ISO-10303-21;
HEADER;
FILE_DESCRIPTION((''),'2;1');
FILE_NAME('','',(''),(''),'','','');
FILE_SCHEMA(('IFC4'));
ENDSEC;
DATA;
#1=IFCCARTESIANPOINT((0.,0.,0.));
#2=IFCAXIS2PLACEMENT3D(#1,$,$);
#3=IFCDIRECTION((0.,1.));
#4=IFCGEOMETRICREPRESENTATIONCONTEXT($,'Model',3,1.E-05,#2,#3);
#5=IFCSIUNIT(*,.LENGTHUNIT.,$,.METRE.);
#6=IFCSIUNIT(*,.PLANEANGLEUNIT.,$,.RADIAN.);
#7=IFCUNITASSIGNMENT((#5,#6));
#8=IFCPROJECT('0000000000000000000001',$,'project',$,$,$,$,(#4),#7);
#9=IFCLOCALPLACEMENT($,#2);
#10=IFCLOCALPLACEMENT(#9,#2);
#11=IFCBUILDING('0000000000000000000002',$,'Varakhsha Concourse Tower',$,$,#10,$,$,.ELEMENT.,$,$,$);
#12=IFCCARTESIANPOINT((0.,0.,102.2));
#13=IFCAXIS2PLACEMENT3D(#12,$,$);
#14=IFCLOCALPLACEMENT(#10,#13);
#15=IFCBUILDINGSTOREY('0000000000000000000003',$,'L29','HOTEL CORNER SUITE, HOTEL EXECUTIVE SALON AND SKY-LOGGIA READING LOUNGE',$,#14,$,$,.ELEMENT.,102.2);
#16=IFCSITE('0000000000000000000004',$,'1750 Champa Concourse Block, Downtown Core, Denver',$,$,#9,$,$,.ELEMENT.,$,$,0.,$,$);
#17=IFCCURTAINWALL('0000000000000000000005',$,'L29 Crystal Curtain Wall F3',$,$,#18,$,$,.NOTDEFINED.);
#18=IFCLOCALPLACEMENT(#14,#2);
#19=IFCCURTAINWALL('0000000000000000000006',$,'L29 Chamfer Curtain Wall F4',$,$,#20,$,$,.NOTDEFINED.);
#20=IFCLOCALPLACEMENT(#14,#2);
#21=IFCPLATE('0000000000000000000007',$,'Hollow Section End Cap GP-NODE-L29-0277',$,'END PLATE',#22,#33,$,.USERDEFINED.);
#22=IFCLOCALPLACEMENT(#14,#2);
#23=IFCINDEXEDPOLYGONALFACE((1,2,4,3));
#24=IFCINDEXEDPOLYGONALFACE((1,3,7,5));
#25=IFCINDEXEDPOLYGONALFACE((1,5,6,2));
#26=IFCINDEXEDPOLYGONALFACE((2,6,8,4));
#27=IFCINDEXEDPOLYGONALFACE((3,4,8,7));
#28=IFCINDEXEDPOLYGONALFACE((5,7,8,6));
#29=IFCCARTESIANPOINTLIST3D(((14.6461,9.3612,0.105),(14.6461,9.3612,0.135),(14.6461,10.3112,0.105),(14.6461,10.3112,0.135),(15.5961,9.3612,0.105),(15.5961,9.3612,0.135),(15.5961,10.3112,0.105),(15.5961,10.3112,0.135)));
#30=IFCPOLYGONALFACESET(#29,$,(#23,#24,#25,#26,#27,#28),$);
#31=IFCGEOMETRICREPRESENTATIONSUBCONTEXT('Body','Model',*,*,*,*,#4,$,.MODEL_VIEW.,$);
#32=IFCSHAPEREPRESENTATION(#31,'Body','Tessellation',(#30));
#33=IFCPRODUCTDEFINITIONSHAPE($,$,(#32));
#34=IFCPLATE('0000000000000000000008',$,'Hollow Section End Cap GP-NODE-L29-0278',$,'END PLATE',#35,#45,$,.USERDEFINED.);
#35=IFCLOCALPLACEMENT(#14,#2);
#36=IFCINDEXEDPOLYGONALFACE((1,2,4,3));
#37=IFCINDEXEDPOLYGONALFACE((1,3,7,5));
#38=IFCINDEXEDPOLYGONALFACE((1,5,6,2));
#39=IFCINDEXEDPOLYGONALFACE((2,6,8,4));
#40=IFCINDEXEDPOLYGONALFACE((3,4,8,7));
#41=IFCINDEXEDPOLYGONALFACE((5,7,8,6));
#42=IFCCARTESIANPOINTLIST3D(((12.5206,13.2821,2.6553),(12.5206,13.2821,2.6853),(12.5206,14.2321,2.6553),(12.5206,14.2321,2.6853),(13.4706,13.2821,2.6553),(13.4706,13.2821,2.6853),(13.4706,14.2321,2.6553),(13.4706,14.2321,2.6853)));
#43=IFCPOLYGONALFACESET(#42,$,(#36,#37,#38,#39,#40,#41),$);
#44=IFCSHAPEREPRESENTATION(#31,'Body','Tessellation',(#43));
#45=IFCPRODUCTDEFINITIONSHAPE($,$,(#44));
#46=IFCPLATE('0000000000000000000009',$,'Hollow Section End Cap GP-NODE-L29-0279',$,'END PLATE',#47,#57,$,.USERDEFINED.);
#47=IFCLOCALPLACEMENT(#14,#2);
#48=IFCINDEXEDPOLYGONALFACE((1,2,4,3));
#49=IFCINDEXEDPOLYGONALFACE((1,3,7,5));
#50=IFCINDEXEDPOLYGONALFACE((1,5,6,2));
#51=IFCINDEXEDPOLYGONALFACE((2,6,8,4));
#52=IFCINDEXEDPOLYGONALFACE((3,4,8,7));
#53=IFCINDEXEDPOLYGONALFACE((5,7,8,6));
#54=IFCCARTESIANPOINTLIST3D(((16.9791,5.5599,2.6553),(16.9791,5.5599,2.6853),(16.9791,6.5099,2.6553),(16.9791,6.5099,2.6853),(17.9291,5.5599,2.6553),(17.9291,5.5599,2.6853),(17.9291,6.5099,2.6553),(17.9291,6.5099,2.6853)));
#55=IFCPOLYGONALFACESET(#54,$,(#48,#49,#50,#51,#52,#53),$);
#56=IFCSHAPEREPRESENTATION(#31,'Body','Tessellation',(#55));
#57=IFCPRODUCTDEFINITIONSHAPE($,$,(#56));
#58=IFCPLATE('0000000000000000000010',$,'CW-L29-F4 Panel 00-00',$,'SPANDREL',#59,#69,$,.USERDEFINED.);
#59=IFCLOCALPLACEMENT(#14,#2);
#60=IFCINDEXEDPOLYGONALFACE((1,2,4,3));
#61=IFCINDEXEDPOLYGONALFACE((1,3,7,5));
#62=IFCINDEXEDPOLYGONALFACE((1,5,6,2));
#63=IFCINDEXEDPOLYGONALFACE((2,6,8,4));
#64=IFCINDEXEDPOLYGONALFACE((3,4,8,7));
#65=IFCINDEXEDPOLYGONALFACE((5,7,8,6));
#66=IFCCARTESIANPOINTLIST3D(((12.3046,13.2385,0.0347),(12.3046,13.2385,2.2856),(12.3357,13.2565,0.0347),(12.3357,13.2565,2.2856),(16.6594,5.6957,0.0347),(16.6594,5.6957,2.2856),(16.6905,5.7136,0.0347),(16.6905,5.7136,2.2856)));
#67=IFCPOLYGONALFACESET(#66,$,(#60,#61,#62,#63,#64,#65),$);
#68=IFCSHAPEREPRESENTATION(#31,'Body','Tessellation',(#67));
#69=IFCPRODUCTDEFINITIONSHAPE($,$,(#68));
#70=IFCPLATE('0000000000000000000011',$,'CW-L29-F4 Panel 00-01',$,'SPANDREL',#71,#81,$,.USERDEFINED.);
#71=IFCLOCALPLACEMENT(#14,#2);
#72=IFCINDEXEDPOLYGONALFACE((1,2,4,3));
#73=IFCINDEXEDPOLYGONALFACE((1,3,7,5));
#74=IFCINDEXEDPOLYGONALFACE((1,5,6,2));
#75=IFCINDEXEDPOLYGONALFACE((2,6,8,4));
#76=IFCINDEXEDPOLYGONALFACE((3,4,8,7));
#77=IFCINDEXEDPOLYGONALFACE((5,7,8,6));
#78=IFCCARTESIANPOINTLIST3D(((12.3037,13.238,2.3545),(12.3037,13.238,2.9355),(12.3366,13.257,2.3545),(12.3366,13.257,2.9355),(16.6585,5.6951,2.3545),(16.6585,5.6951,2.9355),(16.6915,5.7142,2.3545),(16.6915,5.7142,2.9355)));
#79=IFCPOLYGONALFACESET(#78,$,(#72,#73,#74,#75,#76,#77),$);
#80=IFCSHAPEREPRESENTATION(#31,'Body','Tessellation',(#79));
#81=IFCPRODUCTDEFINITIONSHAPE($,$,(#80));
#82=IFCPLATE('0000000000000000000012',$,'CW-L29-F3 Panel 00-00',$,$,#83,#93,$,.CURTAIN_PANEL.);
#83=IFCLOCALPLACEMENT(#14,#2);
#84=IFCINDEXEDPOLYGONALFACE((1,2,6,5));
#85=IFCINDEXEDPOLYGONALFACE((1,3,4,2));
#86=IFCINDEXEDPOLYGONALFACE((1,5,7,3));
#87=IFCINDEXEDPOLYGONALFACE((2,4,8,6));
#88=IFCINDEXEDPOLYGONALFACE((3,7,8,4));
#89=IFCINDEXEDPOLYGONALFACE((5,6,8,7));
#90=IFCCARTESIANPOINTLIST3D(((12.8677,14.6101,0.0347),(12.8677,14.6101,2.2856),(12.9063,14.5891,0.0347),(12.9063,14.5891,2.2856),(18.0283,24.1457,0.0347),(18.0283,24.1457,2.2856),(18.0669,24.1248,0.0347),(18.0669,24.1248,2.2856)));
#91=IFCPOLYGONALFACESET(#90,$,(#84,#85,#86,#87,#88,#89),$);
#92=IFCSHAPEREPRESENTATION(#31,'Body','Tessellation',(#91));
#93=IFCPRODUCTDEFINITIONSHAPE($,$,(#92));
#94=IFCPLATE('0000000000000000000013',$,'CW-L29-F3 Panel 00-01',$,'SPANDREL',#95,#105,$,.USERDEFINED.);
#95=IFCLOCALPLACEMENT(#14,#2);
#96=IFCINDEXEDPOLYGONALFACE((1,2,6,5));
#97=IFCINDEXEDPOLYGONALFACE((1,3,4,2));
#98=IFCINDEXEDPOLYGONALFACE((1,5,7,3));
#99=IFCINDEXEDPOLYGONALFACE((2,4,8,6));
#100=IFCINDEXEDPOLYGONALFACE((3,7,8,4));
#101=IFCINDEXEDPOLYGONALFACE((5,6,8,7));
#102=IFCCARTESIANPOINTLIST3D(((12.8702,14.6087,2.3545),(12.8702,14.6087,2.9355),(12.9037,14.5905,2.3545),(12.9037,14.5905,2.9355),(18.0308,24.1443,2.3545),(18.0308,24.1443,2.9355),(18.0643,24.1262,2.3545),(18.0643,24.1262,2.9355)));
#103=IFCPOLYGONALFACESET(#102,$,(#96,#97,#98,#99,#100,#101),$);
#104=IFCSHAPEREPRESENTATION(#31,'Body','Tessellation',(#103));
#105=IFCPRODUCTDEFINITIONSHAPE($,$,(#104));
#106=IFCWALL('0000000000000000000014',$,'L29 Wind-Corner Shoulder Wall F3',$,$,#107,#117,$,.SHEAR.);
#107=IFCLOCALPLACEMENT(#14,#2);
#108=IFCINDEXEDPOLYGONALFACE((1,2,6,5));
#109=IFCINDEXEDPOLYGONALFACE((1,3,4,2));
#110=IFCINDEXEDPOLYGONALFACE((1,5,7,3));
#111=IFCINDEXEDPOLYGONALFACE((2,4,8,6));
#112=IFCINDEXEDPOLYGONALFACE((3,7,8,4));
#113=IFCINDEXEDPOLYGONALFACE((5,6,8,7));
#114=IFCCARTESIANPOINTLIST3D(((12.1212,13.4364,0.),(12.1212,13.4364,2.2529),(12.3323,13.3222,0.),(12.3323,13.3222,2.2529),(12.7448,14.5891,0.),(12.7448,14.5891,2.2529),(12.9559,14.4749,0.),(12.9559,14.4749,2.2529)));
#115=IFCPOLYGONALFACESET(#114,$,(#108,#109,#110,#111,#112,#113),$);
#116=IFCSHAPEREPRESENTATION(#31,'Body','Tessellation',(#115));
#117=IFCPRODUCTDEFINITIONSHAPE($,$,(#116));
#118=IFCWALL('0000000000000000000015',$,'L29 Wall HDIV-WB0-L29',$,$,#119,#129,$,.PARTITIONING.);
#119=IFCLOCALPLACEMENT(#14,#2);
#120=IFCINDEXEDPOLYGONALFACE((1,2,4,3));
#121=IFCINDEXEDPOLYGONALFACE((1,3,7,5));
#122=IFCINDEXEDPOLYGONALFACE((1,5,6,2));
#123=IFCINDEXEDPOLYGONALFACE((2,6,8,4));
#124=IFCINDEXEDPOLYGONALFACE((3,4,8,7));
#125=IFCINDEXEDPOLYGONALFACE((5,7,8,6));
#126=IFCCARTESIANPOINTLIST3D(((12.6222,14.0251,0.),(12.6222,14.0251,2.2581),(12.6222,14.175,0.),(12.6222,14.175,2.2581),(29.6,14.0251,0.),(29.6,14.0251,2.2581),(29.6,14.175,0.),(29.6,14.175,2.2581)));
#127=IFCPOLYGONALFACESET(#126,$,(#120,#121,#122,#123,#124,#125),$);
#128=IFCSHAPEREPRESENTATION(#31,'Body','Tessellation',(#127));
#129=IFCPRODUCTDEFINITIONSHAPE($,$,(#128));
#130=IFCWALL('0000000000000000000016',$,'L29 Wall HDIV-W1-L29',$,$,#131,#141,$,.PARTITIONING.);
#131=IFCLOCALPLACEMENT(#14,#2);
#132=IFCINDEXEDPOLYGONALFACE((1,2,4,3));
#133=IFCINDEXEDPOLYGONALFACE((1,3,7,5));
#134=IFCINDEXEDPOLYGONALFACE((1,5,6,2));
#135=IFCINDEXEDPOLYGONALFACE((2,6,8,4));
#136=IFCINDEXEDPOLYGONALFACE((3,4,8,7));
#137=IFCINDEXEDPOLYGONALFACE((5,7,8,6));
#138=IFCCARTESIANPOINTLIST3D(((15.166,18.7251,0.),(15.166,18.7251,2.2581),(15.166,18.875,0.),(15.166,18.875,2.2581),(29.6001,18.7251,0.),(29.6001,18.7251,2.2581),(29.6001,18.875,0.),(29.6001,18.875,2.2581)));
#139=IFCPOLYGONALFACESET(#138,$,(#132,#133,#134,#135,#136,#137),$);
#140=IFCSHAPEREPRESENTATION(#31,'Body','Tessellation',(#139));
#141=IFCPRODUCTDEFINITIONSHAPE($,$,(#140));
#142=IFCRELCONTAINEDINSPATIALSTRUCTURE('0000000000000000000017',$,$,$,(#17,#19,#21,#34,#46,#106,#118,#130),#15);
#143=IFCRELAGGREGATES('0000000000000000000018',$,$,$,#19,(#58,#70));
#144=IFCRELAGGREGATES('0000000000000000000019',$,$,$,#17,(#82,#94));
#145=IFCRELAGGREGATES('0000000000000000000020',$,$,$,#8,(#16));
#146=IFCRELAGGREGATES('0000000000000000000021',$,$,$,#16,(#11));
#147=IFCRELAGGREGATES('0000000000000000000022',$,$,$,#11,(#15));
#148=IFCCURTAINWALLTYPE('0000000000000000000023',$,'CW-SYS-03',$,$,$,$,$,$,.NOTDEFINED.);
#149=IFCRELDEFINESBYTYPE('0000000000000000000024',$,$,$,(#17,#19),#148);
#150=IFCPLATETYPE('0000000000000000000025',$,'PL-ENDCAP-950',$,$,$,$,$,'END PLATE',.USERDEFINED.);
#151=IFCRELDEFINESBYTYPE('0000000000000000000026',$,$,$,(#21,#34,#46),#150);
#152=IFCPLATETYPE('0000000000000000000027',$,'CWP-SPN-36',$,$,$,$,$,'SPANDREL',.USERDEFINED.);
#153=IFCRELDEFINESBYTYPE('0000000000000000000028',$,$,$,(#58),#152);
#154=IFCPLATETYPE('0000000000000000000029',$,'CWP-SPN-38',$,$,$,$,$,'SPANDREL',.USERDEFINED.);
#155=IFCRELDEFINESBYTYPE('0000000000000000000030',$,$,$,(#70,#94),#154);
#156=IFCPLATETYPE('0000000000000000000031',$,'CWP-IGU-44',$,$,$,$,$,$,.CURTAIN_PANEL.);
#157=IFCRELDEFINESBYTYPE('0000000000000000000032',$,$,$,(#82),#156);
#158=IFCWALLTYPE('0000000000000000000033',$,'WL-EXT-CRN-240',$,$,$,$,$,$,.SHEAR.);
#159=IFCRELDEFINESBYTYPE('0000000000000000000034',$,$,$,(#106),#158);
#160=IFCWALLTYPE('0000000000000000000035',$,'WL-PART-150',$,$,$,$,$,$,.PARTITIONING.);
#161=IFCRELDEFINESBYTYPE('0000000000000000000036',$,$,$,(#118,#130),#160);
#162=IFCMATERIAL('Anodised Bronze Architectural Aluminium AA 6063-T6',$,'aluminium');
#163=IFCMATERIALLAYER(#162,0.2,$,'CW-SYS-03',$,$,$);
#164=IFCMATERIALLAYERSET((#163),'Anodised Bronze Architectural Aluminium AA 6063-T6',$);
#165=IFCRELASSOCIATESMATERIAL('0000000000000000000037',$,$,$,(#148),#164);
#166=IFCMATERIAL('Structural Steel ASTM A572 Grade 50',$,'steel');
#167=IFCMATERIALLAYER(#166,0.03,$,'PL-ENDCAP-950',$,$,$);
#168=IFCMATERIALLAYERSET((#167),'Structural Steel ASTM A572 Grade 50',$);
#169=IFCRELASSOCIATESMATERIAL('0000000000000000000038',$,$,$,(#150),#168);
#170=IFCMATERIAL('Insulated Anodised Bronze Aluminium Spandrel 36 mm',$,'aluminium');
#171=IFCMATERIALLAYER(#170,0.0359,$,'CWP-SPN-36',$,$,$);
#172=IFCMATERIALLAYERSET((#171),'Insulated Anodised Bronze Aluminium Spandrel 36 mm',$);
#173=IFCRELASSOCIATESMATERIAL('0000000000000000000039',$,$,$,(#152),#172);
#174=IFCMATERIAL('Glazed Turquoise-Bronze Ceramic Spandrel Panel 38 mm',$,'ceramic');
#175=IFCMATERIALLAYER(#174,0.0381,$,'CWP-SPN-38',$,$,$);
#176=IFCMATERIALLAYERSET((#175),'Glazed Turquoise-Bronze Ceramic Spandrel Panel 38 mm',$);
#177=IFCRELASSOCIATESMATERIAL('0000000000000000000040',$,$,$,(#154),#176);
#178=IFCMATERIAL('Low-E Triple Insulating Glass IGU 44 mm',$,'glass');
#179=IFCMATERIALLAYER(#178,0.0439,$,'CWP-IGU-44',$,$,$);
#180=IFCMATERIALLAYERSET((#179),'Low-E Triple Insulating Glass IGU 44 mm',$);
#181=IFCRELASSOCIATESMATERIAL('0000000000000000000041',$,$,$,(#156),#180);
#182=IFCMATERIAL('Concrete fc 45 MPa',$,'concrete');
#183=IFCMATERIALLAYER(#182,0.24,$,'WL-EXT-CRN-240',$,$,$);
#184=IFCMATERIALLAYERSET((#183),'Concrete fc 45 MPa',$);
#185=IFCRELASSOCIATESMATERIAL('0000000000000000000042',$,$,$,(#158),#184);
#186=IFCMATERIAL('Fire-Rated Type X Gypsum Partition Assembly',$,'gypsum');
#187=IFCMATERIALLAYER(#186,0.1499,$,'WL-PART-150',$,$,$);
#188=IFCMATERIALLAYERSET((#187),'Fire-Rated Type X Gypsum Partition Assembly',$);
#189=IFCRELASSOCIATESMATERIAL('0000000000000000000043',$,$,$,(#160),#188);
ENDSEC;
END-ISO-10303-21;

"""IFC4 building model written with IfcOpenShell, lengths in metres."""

from ifc_helpers import new_model, si_unit, direction, frame, frame_2d, origin, origin_2d, place, context, subcontext, project, spatial, rectangle, extrude, source, transform, mapped, material, layer, layer_set, type_object, type_shapes, element, aggregate, save


model = new_model("IFC4")

# Units and contexts
model_context = context("Model", 3, precision=1e-05, world=origin(), true_north=direction((0.0, 1.0)))
body_context = subcontext(model_context, "Body", "Model", "MODEL_VIEW")
ifc_project = project(units=[si_unit("LENGTHUNIT", "METRE"), si_unit("PLANEANGLEUNIT", "RADIAN")], contexts=[model_context])

# Site, building, storey
site_placement = place(None, origin())
site = spatial("IfcSite", under=ifc_project, at=site_placement, Name="1750 Champa Concourse Block, Downtown Core, Denver", CompositionType="ELEMENT", RefElevation=0.0)
building_placement = place(site_placement, origin())
building = spatial("IfcBuilding", under=site, at=building_placement, Name="Varakhsha Concourse Tower", CompositionType="ELEMENT")
storey_placement = place(building_placement, frame((0.0, 0.0, 102.2)))
storey = spatial("IfcBuildingStorey", under=building, at=storey_placement, Name="L29", Description="HOTEL CORNER SUITE, HOTEL EXECUTIVE SALON AND SKY-LOGGIA READING LOUNGE", CompositionType="ELEMENT", Elevation=102.2)

# Shared definitions
ifc_material_1 = material(Name="Structural Steel ASTM A572 Grade 50", Category="steel")

# Curtain wall
ifc_material_2 = material(Name="Anodised Bronze Architectural Aluminium AA 6063-T6", Category="aluminium")
ifc_layer_1 = layer(ifc_material_2, 0.2, Name="CW-SYS-03")
ifc_layer_set_1 = layer_set([ifc_layer_1], Name="Anodised Bronze Architectural Aluminium AA 6063-T6")
curtain_wall_type = type_object("IfcCurtainWallType", Name="CW-SYS-03", PredefinedType="NOTDEFINED", material=ifc_layer_set_1)
curtain_wall_1_placement = place(storey_placement, origin())
curtain_wall_1 = element("IfcCurtainWall", 1, at=curtain_wall_1_placement, inside=storey, type_object=curtain_wall_type, Name="L29 Crystal Curtain Wall F3", PredefinedType="NOTDEFINED")

# Curtain wall
curtain_wall_2_placement = place(storey_placement, origin())
curtain_wall_2 = element("IfcCurtainWall", 2, at=curtain_wall_2_placement, inside=storey, type_object=curtain_wall_type, Name="L29 Chamfer Curtain Wall F4", PredefinedType="NOTDEFINED")

# Shared definitions
ifc_material_3 = material(Name="Concrete fc 45 MPa", Category="concrete")

# Plates
ifc_layer_2 = layer(ifc_material_1, 0.03, Name="PL-ENDCAP-950")
ifc_layer_set_2 = layer_set([ifc_layer_2], Name="Structural Steel ASTM A572 Grade 50")
plate_type_1 = type_object("IfcPlateType", Name="PL-ENDCAP-950", ElementType="END PLATE", PredefinedType="USERDEFINED", material=ifc_layer_set_2)
shared_shape_1 = source(origin(), body_context, "Body", "SweptSolid", [
    extrude(rectangle(XDim=0.95, YDim=0.95, at=origin_2d()), origin(), (0.0, 0.0, 1.0), 0.03),
])
type_shapes(plate_type_1, [shared_shape_1])
for number, where, z_axis, x_axis, name in (
    (3, (15.1211, 9.8362, 0.105), (0.0, 0.0, 1.0), (1.0, 0.0, 0.0), "Hollow Section End Cap GP-NODE-L29-0277"),
    (4, (12.9956, 13.7571, 2.6553), (0.0, 0.0, 1.0), (1.0, 0.0, 0.0), "Hollow Section End Cap GP-NODE-L29-0278"),
    (5, (17.4541, 6.0349, 2.6553), (0.0, 0.0, 1.0), (1.0, 0.0, 0.0), "Hollow Section End Cap GP-NODE-L29-0279"),
):
    element("IfcPlate", number, at=place(storey_placement, frame(where, z_axis=z_axis, x_axis=x_axis)), inside=storey, type_object=plate_type_1, Name=name, ObjectType="END PLATE", PredefinedType="USERDEFINED", context=body_context, shape_type="MappedRepresentation", body=[
        mapped(shared_shape_1, transform((0.0, 0.0, 0.0), scale=1.0)),
    ])

# Plates
ifc_material_4 = material(Name="Insulated Anodised Bronze Aluminium Spandrel 36 mm", Category="aluminium")
ifc_layer_3 = layer(ifc_material_4, 0.0359, Name="CWP-SPN-36")
ifc_layer_set_3 = layer_set([ifc_layer_3], Name="Insulated Anodised Bronze Aluminium Spandrel 36 mm")
plate_type_2 = type_object("IfcPlateType", Name="CWP-SPN-36", ElementType="SPANDREL", PredefinedType="USERDEFINED", material=ifc_layer_set_3)
shared_shape_2 = source(origin(), body_context, "Body", "SweptSolid", [
    extrude(rectangle(XDim=8.7097, YDim=0.0359, at=origin_2d()), origin(), (0.0, 0.0, 1.0), 2.251),
])
type_shapes(plate_type_2, [shared_shape_2])
plate_1_placement = place(storey_placement, frame((14.4976, 9.4761, 0.0347), z_axis=(0.0, 0.0, 1.0), x_axis=(-0.499997, 0.866027, 0.0)))
plate_1 = element("IfcPlate", 6, at=plate_1_placement, type_object=plate_type_2, Name="CW-L29-F4 Panel 00-00", ObjectType="SPANDREL", PredefinedType="USERDEFINED", context=body_context, shape_type="MappedRepresentation", body=[
    mapped(shared_shape_2, transform((0.0, 0.0, 0.0), scale=1.0)),
])
ifc_material_5 = material(Name="Glazed Turquoise-Bronze Ceramic Spandrel Panel 38 mm", Category="ceramic")
ifc_layer_4 = layer(ifc_material_5, 0.0381, Name="CWP-SPN-38")
ifc_layer_set_4 = layer_set([ifc_layer_4], Name="Glazed Turquoise-Bronze Ceramic Spandrel Panel 38 mm")
plate_type_3 = type_object("IfcPlateType", Name="CWP-SPN-38", ElementType="SPANDREL", PredefinedType="USERDEFINED", material=ifc_layer_set_4)
shared_shape_3 = source(origin(), body_context, "Body", "SweptSolid", [
    extrude(rectangle(XDim=8.7097, YDim=0.0381, at=origin_2d()), origin(), (0.0, 0.0, 1.0), 0.5811),
])
plate_2_placement = place(storey_placement, frame((14.4976, 9.4761, 2.3545), z_axis=(0.0, 0.0, 1.0), x_axis=(-0.499997, 0.866027, 0.0)))
plate_2 = element("IfcPlate", 7, at=plate_2_placement, type_object=plate_type_3, Name="CW-L29-F4 Panel 00-01", ObjectType="SPANDREL", PredefinedType="USERDEFINED", context=body_context, shape_type="MappedRepresentation", body=[
    mapped(shared_shape_3, transform((0.0, 0.0, 0.0), scale=1.0)),
])
aggregate(curtain_wall_2, [plate_1, plate_2])
ifc_material_6 = material(Name="Low-E Triple Insulating Glass IGU 44 mm", Category="glass")
ifc_layer_5 = layer(ifc_material_6, 0.0439, Name="CWP-IGU-44")
ifc_layer_set_5 = layer_set([ifc_layer_5], Name="Low-E Triple Insulating Glass IGU 44 mm")
plate_type_4 = type_object("IfcPlateType", Name="CWP-IGU-44", PredefinedType="CURTAIN_PANEL", material=ifc_layer_set_5)
shared_shape_4 = source(origin(), body_context, "Body", "SweptSolid", [
    extrude(rectangle(XDim=10.8425, YDim=0.0439, at=origin_2d()), origin(), (0.0, 0.0, 1.0), 2.251),
])
type_shapes(plate_type_4, [shared_shape_4])
plate_3_placement = place(storey_placement, frame((15.4673, 19.3674, 0.0347), z_axis=(0.0, 0.0, 1.0), x_axis=(0.475959, 0.879468, 0.0)))
plate_3 = element("IfcPlate", 8, at=plate_3_placement, type_object=plate_type_4, Name="CW-L29-F3 Panel 00-00", PredefinedType="CURTAIN_PANEL", context=body_context, shape_type="MappedRepresentation", body=[
    mapped(shared_shape_4, transform((0.0, 0.0, 0.0), scale=1.0)),
])
shared_shape_5 = source(origin(), body_context, "Body", "SweptSolid", [
    extrude(rectangle(XDim=10.8425, YDim=0.0381, at=origin_2d()), origin(), (0.0, 0.0, 1.0), 0.5811),
])
type_shapes(plate_type_3, [shared_shape_3, shared_shape_5])
plate_4_placement = place(storey_placement, frame((15.4673, 19.3674, 2.3545), z_axis=(0.0, 0.0, 1.0), x_axis=(0.475959, 0.879468, 0.0)))
plate_4 = element("IfcPlate", 9, at=plate_4_placement, type_object=plate_type_3, Name="CW-L29-F3 Panel 00-01", ObjectType="SPANDREL", PredefinedType="USERDEFINED", context=body_context, shape_type="MappedRepresentation", body=[
    mapped(shared_shape_5, transform((0.0, 0.0, 0.0), scale=1.0)),
])
aggregate(curtain_wall_1, [plate_3, plate_4])

# Walls
ifc_layer_6 = layer(ifc_material_3, 0.24, Name="WL-EXT-CRN-240")
ifc_layer_set_6 = layer_set([ifc_layer_6], Name="Concrete fc 45 MPa")
wall_type_1 = type_object("IfcWallType", Name="WL-EXT-CRN-240", PredefinedType="SHEAR", material=ifc_layer_set_6)
wall_1_placement = place(storey_placement, frame((12.8503, 14.532, 0.0), z_axis=(0.0, 0.0, 1.0), x_axis=(-0.475821, -0.879542, 0.0)))
element("IfcWall", 10, at=wall_1_placement, inside=storey, type_object=wall_type_1, Name="L29 Wind-Corner Shoulder Wall F3", PredefinedType="SHEAR", context=body_context, shape_type="SweptSolid", body=[
    extrude(rectangle(XDim=1.3105, YDim=0.24, at=frame_2d((0.6553, 0.0))), origin(), (0.0, 0.0, 1.0), 2.2529),
])
ifc_material_7 = material(Name="Fire-Rated Type X Gypsum Partition Assembly", Category="gypsum")
ifc_layer_7 = layer(ifc_material_7, 0.1499, Name="WL-PART-150")
ifc_layer_set_7 = layer_set([ifc_layer_7], Name="Fire-Rated Type X Gypsum Partition Assembly")
wall_type_2 = type_object("IfcWallType", Name="WL-PART-150", PredefinedType="PARTITIONING", material=ifc_layer_set_7)
wall_2_placement = place(storey_placement, frame((12.6223, 14.1001, 0.0), z_axis=(0.0, 0.0, 1.0), x_axis=(1.0, 0.0, 0.0)))
element("IfcWall", 11, at=wall_2_placement, inside=storey, type_object=wall_type_2, Name="L29 Wall HDIV-WB0-L29", PredefinedType="PARTITIONING", context=body_context, shape_type="SweptSolid", body=[
    extrude(rectangle(XDim=16.9778, YDim=0.1499, at=frame_2d((8.4888, 0.0))), origin(), (0.0, 0.0, 1.0), 2.2581),
])
wall_3_placement = place(storey_placement, frame((15.166, 18.8, 0.0), z_axis=(0.0, 0.0, 1.0), x_axis=(1.0, 0.0, 0.0)))
element("IfcWall", 12, at=wall_3_placement, inside=storey, type_object=wall_type_2, Name="L29 Wall HDIV-W1-L29", PredefinedType="PARTITIONING", context=body_context, shape_type="SweptSolid", body=[
    extrude(rectangle(XDim=14.4341, YDim=0.1499, at=frame_2d((7.217, 0.0))), origin(), (0.0, 0.0, 1.0), 2.2581),
])

save(model, "model.ifc")
